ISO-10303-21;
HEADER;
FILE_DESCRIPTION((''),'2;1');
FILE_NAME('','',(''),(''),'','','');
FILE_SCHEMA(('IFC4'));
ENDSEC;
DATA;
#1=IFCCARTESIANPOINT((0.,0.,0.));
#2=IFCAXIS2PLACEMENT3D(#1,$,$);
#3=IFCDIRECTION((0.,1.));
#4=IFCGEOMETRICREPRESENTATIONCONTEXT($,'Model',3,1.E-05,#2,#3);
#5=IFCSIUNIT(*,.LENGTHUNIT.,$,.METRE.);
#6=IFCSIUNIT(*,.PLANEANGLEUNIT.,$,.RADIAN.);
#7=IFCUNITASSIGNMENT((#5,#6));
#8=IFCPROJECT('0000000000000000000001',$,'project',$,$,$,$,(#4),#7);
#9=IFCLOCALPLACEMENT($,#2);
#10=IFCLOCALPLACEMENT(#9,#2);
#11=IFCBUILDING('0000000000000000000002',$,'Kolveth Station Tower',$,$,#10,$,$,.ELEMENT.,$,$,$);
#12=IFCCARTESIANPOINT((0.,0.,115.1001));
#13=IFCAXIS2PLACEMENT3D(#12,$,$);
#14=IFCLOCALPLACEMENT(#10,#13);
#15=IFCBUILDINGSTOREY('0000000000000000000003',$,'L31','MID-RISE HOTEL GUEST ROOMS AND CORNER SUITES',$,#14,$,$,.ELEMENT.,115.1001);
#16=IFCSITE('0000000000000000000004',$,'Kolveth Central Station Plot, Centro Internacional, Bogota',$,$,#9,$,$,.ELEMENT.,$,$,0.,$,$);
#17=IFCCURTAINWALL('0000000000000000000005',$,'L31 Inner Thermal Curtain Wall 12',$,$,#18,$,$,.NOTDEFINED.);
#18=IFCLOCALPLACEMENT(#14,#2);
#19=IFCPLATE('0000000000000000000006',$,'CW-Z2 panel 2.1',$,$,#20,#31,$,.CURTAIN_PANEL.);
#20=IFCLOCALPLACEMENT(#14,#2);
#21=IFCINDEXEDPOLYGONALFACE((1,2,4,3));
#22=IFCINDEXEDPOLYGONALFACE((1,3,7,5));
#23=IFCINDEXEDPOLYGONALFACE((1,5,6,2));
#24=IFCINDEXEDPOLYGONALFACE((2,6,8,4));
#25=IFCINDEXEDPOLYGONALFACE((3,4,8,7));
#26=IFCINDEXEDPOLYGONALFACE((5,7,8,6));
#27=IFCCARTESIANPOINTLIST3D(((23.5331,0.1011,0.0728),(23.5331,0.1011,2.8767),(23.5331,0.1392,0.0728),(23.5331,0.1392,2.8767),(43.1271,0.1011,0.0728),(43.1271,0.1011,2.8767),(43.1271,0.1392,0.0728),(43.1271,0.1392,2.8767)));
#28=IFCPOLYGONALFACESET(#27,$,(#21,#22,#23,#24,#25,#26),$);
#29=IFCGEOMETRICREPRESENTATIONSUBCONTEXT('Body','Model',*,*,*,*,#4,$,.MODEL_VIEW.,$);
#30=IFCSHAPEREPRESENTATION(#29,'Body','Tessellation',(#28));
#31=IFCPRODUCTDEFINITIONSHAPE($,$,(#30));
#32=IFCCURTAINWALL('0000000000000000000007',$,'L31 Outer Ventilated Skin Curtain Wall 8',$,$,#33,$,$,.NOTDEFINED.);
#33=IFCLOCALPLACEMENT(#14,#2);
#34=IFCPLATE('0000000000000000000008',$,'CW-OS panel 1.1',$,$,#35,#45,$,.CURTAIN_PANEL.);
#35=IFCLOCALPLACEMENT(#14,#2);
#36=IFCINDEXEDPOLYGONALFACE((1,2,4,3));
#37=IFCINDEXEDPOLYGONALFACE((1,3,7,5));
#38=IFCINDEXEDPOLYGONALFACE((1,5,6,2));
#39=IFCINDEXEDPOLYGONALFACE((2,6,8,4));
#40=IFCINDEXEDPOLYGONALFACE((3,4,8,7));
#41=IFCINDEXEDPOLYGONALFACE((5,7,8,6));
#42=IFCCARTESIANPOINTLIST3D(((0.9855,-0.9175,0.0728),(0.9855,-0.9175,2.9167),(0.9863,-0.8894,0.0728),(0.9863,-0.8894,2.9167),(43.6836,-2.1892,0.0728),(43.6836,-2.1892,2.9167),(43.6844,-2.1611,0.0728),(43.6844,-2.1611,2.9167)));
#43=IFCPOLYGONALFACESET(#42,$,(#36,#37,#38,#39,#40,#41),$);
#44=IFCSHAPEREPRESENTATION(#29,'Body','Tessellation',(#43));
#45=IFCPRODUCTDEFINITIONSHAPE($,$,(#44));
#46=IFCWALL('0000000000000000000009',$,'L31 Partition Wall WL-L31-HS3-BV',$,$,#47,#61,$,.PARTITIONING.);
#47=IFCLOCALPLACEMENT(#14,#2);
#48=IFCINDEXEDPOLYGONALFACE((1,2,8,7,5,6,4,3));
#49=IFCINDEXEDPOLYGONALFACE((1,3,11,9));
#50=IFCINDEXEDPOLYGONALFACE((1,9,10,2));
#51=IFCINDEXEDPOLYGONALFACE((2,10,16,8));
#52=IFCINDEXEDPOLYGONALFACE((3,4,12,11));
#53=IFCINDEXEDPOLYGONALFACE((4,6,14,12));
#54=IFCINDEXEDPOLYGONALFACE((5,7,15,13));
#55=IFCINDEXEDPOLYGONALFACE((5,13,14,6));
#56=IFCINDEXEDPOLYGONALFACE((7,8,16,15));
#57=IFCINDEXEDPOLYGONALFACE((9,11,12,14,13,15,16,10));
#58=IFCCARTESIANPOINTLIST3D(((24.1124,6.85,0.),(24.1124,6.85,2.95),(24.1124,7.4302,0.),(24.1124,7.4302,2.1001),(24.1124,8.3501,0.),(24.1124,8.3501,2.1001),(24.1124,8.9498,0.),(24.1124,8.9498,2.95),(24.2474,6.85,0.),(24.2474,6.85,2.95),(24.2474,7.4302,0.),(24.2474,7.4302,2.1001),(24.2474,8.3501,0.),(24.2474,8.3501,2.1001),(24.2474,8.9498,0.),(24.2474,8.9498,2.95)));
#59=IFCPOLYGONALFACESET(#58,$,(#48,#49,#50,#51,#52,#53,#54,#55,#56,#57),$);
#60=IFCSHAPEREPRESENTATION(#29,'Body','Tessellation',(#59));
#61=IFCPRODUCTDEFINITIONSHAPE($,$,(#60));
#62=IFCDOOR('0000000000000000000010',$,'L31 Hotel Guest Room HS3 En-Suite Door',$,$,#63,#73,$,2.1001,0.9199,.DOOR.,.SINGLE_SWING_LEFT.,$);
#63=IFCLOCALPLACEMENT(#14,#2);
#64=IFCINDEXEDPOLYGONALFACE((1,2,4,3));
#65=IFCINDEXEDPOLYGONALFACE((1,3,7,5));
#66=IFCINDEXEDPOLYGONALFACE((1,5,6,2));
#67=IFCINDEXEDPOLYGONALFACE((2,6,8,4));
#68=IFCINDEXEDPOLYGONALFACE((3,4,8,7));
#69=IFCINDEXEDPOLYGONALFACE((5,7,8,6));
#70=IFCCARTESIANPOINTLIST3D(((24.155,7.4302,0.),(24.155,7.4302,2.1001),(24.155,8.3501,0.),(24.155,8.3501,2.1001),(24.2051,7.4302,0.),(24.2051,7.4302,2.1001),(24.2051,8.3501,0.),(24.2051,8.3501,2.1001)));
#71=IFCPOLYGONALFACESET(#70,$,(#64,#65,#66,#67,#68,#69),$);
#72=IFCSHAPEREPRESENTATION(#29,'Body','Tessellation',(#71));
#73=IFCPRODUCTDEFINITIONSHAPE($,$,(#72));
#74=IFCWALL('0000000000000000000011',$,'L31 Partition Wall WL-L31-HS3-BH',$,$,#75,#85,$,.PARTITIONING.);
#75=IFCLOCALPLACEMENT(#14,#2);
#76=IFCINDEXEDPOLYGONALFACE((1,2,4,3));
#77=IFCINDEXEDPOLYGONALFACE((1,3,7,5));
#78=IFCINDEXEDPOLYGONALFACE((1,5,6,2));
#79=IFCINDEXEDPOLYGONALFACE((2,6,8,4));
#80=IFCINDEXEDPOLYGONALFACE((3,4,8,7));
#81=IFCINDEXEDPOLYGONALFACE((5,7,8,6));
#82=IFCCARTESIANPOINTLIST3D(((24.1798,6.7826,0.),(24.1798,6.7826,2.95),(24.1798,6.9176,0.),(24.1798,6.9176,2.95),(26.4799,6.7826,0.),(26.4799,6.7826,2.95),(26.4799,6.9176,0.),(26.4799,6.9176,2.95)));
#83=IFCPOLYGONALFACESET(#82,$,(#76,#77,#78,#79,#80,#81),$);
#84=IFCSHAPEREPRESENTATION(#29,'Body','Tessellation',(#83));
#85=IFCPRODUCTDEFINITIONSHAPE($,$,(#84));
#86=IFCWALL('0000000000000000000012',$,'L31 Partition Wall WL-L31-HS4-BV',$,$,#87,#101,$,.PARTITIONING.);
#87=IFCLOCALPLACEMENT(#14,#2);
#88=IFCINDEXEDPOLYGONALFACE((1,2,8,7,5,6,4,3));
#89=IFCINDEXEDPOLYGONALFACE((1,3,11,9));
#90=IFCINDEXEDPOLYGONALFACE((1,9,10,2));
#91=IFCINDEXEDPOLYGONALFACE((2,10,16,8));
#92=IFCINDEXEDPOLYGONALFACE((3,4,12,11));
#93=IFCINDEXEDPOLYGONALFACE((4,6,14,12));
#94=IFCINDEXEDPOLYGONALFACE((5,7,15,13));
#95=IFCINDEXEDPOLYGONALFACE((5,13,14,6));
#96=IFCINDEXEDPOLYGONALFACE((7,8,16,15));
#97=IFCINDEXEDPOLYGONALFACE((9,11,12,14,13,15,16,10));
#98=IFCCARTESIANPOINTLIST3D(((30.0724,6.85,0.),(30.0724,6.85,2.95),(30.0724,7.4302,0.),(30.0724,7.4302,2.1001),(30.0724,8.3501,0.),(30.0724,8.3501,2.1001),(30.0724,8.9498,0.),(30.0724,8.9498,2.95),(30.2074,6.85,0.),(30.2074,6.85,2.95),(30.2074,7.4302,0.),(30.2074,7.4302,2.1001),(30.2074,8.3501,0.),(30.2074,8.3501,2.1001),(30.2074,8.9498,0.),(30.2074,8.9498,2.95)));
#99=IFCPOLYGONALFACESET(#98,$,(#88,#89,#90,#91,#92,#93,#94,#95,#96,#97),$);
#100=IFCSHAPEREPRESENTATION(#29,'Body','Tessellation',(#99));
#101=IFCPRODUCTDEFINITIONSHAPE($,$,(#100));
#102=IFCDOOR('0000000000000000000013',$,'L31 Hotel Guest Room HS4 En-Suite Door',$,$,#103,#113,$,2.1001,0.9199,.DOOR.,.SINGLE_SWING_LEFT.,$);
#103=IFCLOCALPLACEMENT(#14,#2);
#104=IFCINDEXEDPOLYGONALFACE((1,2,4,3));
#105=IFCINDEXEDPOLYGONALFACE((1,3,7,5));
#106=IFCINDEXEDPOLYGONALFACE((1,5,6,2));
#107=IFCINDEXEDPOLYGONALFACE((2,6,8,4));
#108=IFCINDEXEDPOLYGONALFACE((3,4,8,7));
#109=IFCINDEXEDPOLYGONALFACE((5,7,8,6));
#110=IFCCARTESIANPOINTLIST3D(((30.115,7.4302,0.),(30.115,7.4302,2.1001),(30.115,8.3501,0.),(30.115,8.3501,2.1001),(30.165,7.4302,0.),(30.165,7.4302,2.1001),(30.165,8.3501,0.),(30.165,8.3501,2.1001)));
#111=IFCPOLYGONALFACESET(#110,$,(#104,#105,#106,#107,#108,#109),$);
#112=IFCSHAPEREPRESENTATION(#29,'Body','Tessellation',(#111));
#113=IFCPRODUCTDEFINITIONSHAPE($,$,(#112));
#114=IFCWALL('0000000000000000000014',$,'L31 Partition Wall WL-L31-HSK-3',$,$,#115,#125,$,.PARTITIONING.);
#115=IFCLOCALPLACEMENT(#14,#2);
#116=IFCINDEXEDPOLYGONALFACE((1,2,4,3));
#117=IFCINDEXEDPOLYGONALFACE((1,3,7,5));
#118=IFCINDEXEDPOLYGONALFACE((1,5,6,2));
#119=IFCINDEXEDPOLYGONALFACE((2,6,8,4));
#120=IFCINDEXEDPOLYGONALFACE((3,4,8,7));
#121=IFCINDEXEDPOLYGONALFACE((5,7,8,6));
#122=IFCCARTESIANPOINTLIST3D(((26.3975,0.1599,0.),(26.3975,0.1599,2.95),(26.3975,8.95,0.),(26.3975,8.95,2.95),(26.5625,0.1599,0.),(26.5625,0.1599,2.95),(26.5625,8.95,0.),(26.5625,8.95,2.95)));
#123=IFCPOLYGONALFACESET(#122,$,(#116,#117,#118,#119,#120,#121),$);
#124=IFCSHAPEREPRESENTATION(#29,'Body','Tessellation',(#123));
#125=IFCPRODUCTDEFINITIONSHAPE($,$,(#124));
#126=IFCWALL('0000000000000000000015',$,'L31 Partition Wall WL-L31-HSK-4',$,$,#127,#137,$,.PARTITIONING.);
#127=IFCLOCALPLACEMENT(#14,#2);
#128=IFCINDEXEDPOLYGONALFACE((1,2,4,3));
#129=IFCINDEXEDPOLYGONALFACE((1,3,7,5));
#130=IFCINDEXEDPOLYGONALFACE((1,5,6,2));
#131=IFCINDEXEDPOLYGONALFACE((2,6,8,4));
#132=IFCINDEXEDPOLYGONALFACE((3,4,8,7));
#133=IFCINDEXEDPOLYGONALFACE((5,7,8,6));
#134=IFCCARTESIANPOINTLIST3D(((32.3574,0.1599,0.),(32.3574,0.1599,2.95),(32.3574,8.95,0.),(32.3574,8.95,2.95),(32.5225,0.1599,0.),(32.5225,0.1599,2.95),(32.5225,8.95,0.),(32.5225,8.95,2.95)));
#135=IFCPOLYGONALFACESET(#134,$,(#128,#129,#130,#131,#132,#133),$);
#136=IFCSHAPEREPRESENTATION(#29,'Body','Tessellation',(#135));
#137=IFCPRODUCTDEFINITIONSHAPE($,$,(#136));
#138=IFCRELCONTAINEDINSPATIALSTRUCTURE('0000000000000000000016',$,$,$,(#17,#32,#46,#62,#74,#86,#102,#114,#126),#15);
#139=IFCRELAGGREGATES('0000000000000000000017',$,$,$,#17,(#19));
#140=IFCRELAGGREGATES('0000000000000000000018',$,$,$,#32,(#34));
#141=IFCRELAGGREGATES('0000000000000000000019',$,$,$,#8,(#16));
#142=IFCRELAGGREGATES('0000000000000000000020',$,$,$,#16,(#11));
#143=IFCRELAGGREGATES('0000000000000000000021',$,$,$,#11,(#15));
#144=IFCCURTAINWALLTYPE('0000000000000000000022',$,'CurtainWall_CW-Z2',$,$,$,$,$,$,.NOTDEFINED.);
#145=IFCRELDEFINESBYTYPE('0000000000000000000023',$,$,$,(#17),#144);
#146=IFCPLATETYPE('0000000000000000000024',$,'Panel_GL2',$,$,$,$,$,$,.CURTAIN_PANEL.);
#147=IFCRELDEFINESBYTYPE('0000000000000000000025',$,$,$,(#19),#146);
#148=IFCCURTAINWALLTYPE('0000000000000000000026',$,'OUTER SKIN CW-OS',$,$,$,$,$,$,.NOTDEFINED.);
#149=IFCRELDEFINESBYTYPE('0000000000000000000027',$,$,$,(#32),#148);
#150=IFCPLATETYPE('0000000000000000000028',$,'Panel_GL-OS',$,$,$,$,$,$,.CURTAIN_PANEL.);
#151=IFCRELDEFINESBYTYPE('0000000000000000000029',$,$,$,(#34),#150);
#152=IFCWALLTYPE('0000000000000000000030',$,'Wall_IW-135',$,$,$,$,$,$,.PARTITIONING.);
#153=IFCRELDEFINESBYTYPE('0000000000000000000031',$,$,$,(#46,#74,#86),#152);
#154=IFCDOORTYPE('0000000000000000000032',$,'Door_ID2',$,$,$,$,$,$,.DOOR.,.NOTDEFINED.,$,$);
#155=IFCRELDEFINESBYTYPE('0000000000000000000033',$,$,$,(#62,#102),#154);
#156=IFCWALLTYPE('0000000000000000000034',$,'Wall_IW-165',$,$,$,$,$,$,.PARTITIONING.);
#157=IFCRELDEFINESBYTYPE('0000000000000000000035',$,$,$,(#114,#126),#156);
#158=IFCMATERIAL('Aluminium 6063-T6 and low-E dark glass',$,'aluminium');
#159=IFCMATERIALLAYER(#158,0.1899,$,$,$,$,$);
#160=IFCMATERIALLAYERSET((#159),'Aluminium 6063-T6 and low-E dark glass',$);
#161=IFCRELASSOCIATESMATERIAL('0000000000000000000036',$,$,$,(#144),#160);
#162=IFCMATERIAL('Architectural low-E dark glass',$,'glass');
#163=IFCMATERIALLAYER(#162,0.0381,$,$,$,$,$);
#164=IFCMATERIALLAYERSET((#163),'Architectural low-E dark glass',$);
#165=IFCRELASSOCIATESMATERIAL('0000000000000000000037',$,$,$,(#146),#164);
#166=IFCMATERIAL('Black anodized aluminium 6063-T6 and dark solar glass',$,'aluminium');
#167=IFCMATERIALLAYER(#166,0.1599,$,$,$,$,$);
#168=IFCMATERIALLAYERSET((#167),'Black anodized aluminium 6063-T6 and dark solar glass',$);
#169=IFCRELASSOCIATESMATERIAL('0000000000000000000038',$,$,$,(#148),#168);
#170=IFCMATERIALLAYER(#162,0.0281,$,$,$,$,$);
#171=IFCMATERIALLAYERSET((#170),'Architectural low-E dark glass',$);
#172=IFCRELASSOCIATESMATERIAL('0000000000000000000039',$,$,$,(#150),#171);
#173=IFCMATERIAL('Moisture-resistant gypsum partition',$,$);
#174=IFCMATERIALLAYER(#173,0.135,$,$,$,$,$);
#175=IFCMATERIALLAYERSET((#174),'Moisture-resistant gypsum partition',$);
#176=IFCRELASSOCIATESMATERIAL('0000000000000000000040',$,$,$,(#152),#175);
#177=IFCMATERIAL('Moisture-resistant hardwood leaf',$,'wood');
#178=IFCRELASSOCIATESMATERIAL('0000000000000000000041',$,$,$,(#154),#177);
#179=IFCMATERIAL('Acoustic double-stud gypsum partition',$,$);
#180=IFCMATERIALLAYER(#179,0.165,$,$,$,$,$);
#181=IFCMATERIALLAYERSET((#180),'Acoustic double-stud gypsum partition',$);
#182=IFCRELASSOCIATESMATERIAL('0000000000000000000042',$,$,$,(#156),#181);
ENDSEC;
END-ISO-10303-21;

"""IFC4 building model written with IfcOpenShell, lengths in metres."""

from ifc_helpers import new_model, si_unit, direction, frame, frame_2d, origin, origin_2d, place, context, subcontext, project, spatial, rectangle, extrude, source, transform, mapped, material, layer, layer_set, type_object, element, fill, aggregate, save


model = new_model("IFC4")

# Units and contexts
model_context = context("Model", 3, precision=1e-05, world=origin(), true_north=direction((0.0, 1.0)))
body_context = subcontext(model_context, "Body", "Model", "MODEL_VIEW")
ifc_project = project(units=[si_unit("LENGTHUNIT", "METRE"), si_unit("PLANEANGLEUNIT", "RADIAN")], contexts=[model_context])

# Site, building, storey
site_placement = place(None, origin())
site = spatial("IfcSite", under=ifc_project, at=site_placement, Name="Kolveth Central Station Plot, Centro Internacional, Bogota", CompositionType="ELEMENT", RefElevation=0.0)
building_placement = place(site_placement, origin())
building = spatial("IfcBuilding", under=site, at=building_placement, Name="Kolveth Station Tower", CompositionType="ELEMENT")
storey_placement = place(building_placement, frame((0.0, 0.0, 115.1001)))
storey = spatial("IfcBuildingStorey", under=building, at=storey_placement, Name="L31", Description="MID-RISE HOTEL GUEST ROOMS AND CORNER SUITES", CompositionType="ELEMENT", Elevation=115.1001)

# Curtain wall, plate
ifc_material_1 = material(Name="Aluminium 6063-T6 and low-E dark glass", Category="aluminium")
ifc_layer_1 = layer(ifc_material_1, 0.1899)
ifc_layer_set_1 = layer_set([ifc_layer_1], Name="Aluminium 6063-T6 and low-E dark glass")
curtain_wall_type_1 = type_object("IfcCurtainWallType", Name="CurtainWall_CW-Z2", PredefinedType="NOTDEFINED", material=ifc_layer_set_1)
curtain_wall_1_placement = place(storey_placement, origin())
curtain_wall_1 = element("IfcCurtainWall", 1, at=curtain_wall_1_placement, inside=storey, type_object=curtain_wall_type_1, Name="L31 Inner Thermal Curtain Wall 12", PredefinedType="NOTDEFINED")
ifc_material_2 = material(Name="Architectural low-E dark glass", Category="glass")
ifc_layer_2 = layer(ifc_material_2, 0.0381)
ifc_layer_set_2 = layer_set([ifc_layer_2], Name="Architectural low-E dark glass")
plate_type_1 = type_object("IfcPlateType", Name="Panel_GL2", PredefinedType="CURTAIN_PANEL", material=ifc_layer_set_2)
shared_shape_1 = source(origin(), body_context, "Body", "SweptSolid", [
    extrude(rectangle(XDim=19.594, YDim=0.0381, at=origin_2d()), origin(), (0.0, 0.0, 1.0), 2.804),
])
plate_1_placement = place(storey_placement, frame((33.3301, 0.1201, 0.0728), z_axis=(0.0, 0.0, 1.0), x_axis=(1.0, 0.0, 0.0)))
plate_1 = element("IfcPlate", 2, at=plate_1_placement, type_object=plate_type_1, Name="CW-Z2 panel 2.1", PredefinedType="CURTAIN_PANEL", context=body_context, shape_type="MappedRepresentation", body=[
    mapped(shared_shape_1, transform((0.0, 0.0, 0.0), x_axis=(1.0, 0.0, 0.0), y_axis=(0.0, 1.0, 0.0), z_axis=(0.0, 0.0, 1.0), scale=1.0)),
])
aggregate(curtain_wall_1, [plate_1])

# Curtain wall, plate
ifc_material_3 = material(Name="Black anodized aluminium 6063-T6 and dark solar glass", Category="aluminium")
ifc_layer_3 = layer(ifc_material_3, 0.1599)
ifc_layer_set_3 = layer_set([ifc_layer_3], Name="Black anodized aluminium 6063-T6 and dark solar glass")
curtain_wall_type_2 = type_object("IfcCurtainWallType", Name="OUTER SKIN CW-OS", PredefinedType="NOTDEFINED", material=ifc_layer_set_3)
curtain_wall_2_placement = place(storey_placement, origin())
curtain_wall_2 = element("IfcCurtainWall", 3, at=curtain_wall_2_placement, inside=storey, type_object=curtain_wall_type_2, Name="L31 Outer Ventilated Skin Curtain Wall 8", PredefinedType="NOTDEFINED")
ifc_layer_4 = layer(ifc_material_2, 0.0281)
ifc_layer_set_4 = layer_set([ifc_layer_4], Name="Architectural low-E dark glass")
plate_type_2 = type_object("IfcPlateType", Name="Panel_GL-OS", PredefinedType="CURTAIN_PANEL", material=ifc_layer_set_4)
shared_shape_2 = source(origin(), body_context, "Body", "SweptSolid", [
    extrude(rectangle(XDim=42.717, YDim=0.0281, at=origin_2d()), origin(), (0.0, 0.0, 1.0), 2.844),
])
plate_2_placement = place(storey_placement, frame((22.335, -1.5393, 0.0728), z_axis=(0.0, 0.0, 1.0), x_axis=(0.999557, -0.029769, 0.0)))
plate_2 = element("IfcPlate", 4, at=plate_2_placement, type_object=plate_type_2, Name="CW-OS panel 1.1", PredefinedType="CURTAIN_PANEL", context=body_context, shape_type="MappedRepresentation", body=[
    mapped(shared_shape_2, transform((0.0, 0.0, 0.0), x_axis=(1.0, 0.0, 0.0), y_axis=(0.0, 1.0, 0.0), z_axis=(0.0, 0.0, 1.0), scale=1.0)),
])
aggregate(curtain_wall_2, [plate_2])

# Wall, opening, door
ifc_material_4 = material(Name="Moisture-resistant gypsum partition")
ifc_layer_5 = layer(ifc_material_4, 0.135)
ifc_layer_set_5 = layer_set([ifc_layer_5], Name="Moisture-resistant gypsum partition")
wall_type_1 = type_object("IfcWallType", Name="Wall_IW-135", PredefinedType="PARTITIONING", material=ifc_layer_set_5)
wall_1_placement = place(storey_placement, frame((24.1799, 6.8501, 0.0), z_axis=(0.0, 0.0, 1.0), x_axis=(0.0, 1.0, 0.0)))
wall_1 = element("IfcWall", 5, at=wall_1_placement, inside=storey, type_object=wall_type_1, Name="L31 Partition Wall WL-L31-HS3-BV", PredefinedType="PARTITIONING", context=body_context, shape_type="SweptSolid", body=[
    extrude(rectangle(XDim=2.0999, YDim=0.135, at=frame_2d((1.0498, 0.0))), origin(), (0.0, 0.0, 1.0), 2.95),
])
opening_1_placement = place(wall_1_placement, frame((0.5801, 0.0, 0.0)))
opening_1 = element("IfcOpeningElement", 6, at=opening_1_placement, cuts=wall_1, PredefinedType="OPENING", context=body_context, shape_type="SweptSolid", body=[
    extrude(rectangle(XDim=0.9199, YDim=2.1001, at=frame_2d((0.46, 1.05))), frame((0.0, 0.0774, 0.0), z_axis=(0.0, -1.0, 0.0), x_axis=(1.0, 0.0, 0.0)), (0.0, 0.0, 1.0), 0.155),
])
ifc_material_5 = material(Name="Moisture-resistant hardwood leaf", Category="wood")
door_type = type_object("IfcDoorType", Name="Door_ID2", OperationType="NOTDEFINED", PredefinedType="DOOR", material=ifc_material_5)
door_1_placement = place(opening_1_placement, origin())
door_1 = element("IfcDoor", 7, at=door_1_placement, inside=storey, type_object=door_type, Name="L31 Hotel Guest Room HS3 En-Suite Door", OperationType="SINGLE_SWING_LEFT", OverallHeight=2.1001, OverallWidth=0.9199, PredefinedType="DOOR", context=body_context, shape_type="SweptSolid", body=[
    extrude(rectangle(XDim=0.9199, YDim=2.1001, at=frame_2d((0.46, 1.05))), frame((0.0, 0.0249, 0.0), z_axis=(0.0, -1.0, 0.0), x_axis=(1.0, 0.0, 0.0)), (0.0, 0.0, 1.0), 0.05),
])
fill(opening_1, door_1)

# Wall
wall_2_placement = place(storey_placement, frame((24.1799, 6.8501, 0.0), z_axis=(0.0, 0.0, 1.0), x_axis=(1.0, 0.0, 0.0)))
element("IfcWall", 8, at=wall_2_placement, inside=storey, type_object=wall_type_1, Name="L31 Partition Wall WL-L31-HS3-BH", PredefinedType="PARTITIONING", context=body_context, shape_type="SweptSolid", body=[
    extrude(rectangle(XDim=2.3, YDim=0.135, at=frame_2d((1.1499, 0.0))), origin(), (0.0, 0.0, 1.0), 2.95),
])

# Wall, opening, door
wall_3_placement = place(storey_placement, frame((30.1399, 6.8501, 0.0), z_axis=(0.0, 0.0, 1.0), x_axis=(0.0, 1.0, 0.0)))
wall_3 = element("IfcWall", 9, at=wall_3_placement, inside=storey, type_object=wall_type_1, Name="L31 Partition Wall WL-L31-HS4-BV", PredefinedType="PARTITIONING", context=body_context, shape_type="SweptSolid", body=[
    extrude(rectangle(XDim=2.0999, YDim=0.135, at=frame_2d((1.0498, 0.0))), origin(), (0.0, 0.0, 1.0), 2.95),
])
opening_2_placement = place(wall_3_placement, frame((0.5801, 0.0, 0.0)))
opening_2 = element("IfcOpeningElement", 10, at=opening_2_placement, cuts=wall_3, PredefinedType="OPENING", context=body_context, shape_type="SweptSolid", body=[
    extrude(rectangle(XDim=0.9199, YDim=2.1001, at=frame_2d((0.46, 1.05))), frame((0.0, 0.0774, 0.0), z_axis=(0.0, -1.0, 0.0), x_axis=(1.0, 0.0, 0.0)), (0.0, 0.0, 1.0), 0.155),
])
door_2_placement = place(opening_2_placement, origin())
door_2 = element("IfcDoor", 11, at=door_2_placement, inside=storey, type_object=door_type, Name="L31 Hotel Guest Room HS4 En-Suite Door", OperationType="SINGLE_SWING_LEFT", OverallHeight=2.1001, OverallWidth=0.9199, PredefinedType="DOOR", context=body_context, shape_type="SweptSolid", body=[
    extrude(rectangle(XDim=0.9199, YDim=2.1001, at=frame_2d((0.46, 1.05))), frame((0.0, 0.0249, 0.0), z_axis=(0.0, -1.0, 0.0), x_axis=(1.0, 0.0, 0.0)), (0.0, 0.0, 1.0), 0.05),
])
fill(opening_2, door_2)

# Walls
ifc_material_6 = material(Name="Acoustic double-stud gypsum partition")
ifc_layer_6 = layer(ifc_material_6, 0.165)
ifc_layer_set_6 = layer_set([ifc_layer_6], Name="Acoustic double-stud gypsum partition")
wall_type_2 = type_object("IfcWallType", Name="Wall_IW-165", PredefinedType="PARTITIONING", material=ifc_layer_set_6)
for number, where, z_axis, x_axis, name in (
    (12, (26.48, 0.1599, 0.0), (0.0, 0.0, 1.0), (0.0, 1.0, 0.0), "L31 Partition Wall WL-L31-HSK-3"),
    (13, (32.4399, 0.1599, 0.0), (0.0, 0.0, 1.0), (0.0, 1.0, 0.0), "L31 Partition Wall WL-L31-HSK-4"),
):
    element("IfcWall", number, at=place(storey_placement, frame(where, z_axis=z_axis, x_axis=x_axis)), inside=storey, type_object=wall_type_2, Name=name, PredefinedType="PARTITIONING", context=body_context, shape_type="SweptSolid", body=[
        extrude(rectangle(XDim=8.79, YDim=0.165, at=frame_2d((4.395, 0.0))), origin(), (0.0, 0.0, 1.0), 2.95),
    ])

save(model, "model.ifc")
